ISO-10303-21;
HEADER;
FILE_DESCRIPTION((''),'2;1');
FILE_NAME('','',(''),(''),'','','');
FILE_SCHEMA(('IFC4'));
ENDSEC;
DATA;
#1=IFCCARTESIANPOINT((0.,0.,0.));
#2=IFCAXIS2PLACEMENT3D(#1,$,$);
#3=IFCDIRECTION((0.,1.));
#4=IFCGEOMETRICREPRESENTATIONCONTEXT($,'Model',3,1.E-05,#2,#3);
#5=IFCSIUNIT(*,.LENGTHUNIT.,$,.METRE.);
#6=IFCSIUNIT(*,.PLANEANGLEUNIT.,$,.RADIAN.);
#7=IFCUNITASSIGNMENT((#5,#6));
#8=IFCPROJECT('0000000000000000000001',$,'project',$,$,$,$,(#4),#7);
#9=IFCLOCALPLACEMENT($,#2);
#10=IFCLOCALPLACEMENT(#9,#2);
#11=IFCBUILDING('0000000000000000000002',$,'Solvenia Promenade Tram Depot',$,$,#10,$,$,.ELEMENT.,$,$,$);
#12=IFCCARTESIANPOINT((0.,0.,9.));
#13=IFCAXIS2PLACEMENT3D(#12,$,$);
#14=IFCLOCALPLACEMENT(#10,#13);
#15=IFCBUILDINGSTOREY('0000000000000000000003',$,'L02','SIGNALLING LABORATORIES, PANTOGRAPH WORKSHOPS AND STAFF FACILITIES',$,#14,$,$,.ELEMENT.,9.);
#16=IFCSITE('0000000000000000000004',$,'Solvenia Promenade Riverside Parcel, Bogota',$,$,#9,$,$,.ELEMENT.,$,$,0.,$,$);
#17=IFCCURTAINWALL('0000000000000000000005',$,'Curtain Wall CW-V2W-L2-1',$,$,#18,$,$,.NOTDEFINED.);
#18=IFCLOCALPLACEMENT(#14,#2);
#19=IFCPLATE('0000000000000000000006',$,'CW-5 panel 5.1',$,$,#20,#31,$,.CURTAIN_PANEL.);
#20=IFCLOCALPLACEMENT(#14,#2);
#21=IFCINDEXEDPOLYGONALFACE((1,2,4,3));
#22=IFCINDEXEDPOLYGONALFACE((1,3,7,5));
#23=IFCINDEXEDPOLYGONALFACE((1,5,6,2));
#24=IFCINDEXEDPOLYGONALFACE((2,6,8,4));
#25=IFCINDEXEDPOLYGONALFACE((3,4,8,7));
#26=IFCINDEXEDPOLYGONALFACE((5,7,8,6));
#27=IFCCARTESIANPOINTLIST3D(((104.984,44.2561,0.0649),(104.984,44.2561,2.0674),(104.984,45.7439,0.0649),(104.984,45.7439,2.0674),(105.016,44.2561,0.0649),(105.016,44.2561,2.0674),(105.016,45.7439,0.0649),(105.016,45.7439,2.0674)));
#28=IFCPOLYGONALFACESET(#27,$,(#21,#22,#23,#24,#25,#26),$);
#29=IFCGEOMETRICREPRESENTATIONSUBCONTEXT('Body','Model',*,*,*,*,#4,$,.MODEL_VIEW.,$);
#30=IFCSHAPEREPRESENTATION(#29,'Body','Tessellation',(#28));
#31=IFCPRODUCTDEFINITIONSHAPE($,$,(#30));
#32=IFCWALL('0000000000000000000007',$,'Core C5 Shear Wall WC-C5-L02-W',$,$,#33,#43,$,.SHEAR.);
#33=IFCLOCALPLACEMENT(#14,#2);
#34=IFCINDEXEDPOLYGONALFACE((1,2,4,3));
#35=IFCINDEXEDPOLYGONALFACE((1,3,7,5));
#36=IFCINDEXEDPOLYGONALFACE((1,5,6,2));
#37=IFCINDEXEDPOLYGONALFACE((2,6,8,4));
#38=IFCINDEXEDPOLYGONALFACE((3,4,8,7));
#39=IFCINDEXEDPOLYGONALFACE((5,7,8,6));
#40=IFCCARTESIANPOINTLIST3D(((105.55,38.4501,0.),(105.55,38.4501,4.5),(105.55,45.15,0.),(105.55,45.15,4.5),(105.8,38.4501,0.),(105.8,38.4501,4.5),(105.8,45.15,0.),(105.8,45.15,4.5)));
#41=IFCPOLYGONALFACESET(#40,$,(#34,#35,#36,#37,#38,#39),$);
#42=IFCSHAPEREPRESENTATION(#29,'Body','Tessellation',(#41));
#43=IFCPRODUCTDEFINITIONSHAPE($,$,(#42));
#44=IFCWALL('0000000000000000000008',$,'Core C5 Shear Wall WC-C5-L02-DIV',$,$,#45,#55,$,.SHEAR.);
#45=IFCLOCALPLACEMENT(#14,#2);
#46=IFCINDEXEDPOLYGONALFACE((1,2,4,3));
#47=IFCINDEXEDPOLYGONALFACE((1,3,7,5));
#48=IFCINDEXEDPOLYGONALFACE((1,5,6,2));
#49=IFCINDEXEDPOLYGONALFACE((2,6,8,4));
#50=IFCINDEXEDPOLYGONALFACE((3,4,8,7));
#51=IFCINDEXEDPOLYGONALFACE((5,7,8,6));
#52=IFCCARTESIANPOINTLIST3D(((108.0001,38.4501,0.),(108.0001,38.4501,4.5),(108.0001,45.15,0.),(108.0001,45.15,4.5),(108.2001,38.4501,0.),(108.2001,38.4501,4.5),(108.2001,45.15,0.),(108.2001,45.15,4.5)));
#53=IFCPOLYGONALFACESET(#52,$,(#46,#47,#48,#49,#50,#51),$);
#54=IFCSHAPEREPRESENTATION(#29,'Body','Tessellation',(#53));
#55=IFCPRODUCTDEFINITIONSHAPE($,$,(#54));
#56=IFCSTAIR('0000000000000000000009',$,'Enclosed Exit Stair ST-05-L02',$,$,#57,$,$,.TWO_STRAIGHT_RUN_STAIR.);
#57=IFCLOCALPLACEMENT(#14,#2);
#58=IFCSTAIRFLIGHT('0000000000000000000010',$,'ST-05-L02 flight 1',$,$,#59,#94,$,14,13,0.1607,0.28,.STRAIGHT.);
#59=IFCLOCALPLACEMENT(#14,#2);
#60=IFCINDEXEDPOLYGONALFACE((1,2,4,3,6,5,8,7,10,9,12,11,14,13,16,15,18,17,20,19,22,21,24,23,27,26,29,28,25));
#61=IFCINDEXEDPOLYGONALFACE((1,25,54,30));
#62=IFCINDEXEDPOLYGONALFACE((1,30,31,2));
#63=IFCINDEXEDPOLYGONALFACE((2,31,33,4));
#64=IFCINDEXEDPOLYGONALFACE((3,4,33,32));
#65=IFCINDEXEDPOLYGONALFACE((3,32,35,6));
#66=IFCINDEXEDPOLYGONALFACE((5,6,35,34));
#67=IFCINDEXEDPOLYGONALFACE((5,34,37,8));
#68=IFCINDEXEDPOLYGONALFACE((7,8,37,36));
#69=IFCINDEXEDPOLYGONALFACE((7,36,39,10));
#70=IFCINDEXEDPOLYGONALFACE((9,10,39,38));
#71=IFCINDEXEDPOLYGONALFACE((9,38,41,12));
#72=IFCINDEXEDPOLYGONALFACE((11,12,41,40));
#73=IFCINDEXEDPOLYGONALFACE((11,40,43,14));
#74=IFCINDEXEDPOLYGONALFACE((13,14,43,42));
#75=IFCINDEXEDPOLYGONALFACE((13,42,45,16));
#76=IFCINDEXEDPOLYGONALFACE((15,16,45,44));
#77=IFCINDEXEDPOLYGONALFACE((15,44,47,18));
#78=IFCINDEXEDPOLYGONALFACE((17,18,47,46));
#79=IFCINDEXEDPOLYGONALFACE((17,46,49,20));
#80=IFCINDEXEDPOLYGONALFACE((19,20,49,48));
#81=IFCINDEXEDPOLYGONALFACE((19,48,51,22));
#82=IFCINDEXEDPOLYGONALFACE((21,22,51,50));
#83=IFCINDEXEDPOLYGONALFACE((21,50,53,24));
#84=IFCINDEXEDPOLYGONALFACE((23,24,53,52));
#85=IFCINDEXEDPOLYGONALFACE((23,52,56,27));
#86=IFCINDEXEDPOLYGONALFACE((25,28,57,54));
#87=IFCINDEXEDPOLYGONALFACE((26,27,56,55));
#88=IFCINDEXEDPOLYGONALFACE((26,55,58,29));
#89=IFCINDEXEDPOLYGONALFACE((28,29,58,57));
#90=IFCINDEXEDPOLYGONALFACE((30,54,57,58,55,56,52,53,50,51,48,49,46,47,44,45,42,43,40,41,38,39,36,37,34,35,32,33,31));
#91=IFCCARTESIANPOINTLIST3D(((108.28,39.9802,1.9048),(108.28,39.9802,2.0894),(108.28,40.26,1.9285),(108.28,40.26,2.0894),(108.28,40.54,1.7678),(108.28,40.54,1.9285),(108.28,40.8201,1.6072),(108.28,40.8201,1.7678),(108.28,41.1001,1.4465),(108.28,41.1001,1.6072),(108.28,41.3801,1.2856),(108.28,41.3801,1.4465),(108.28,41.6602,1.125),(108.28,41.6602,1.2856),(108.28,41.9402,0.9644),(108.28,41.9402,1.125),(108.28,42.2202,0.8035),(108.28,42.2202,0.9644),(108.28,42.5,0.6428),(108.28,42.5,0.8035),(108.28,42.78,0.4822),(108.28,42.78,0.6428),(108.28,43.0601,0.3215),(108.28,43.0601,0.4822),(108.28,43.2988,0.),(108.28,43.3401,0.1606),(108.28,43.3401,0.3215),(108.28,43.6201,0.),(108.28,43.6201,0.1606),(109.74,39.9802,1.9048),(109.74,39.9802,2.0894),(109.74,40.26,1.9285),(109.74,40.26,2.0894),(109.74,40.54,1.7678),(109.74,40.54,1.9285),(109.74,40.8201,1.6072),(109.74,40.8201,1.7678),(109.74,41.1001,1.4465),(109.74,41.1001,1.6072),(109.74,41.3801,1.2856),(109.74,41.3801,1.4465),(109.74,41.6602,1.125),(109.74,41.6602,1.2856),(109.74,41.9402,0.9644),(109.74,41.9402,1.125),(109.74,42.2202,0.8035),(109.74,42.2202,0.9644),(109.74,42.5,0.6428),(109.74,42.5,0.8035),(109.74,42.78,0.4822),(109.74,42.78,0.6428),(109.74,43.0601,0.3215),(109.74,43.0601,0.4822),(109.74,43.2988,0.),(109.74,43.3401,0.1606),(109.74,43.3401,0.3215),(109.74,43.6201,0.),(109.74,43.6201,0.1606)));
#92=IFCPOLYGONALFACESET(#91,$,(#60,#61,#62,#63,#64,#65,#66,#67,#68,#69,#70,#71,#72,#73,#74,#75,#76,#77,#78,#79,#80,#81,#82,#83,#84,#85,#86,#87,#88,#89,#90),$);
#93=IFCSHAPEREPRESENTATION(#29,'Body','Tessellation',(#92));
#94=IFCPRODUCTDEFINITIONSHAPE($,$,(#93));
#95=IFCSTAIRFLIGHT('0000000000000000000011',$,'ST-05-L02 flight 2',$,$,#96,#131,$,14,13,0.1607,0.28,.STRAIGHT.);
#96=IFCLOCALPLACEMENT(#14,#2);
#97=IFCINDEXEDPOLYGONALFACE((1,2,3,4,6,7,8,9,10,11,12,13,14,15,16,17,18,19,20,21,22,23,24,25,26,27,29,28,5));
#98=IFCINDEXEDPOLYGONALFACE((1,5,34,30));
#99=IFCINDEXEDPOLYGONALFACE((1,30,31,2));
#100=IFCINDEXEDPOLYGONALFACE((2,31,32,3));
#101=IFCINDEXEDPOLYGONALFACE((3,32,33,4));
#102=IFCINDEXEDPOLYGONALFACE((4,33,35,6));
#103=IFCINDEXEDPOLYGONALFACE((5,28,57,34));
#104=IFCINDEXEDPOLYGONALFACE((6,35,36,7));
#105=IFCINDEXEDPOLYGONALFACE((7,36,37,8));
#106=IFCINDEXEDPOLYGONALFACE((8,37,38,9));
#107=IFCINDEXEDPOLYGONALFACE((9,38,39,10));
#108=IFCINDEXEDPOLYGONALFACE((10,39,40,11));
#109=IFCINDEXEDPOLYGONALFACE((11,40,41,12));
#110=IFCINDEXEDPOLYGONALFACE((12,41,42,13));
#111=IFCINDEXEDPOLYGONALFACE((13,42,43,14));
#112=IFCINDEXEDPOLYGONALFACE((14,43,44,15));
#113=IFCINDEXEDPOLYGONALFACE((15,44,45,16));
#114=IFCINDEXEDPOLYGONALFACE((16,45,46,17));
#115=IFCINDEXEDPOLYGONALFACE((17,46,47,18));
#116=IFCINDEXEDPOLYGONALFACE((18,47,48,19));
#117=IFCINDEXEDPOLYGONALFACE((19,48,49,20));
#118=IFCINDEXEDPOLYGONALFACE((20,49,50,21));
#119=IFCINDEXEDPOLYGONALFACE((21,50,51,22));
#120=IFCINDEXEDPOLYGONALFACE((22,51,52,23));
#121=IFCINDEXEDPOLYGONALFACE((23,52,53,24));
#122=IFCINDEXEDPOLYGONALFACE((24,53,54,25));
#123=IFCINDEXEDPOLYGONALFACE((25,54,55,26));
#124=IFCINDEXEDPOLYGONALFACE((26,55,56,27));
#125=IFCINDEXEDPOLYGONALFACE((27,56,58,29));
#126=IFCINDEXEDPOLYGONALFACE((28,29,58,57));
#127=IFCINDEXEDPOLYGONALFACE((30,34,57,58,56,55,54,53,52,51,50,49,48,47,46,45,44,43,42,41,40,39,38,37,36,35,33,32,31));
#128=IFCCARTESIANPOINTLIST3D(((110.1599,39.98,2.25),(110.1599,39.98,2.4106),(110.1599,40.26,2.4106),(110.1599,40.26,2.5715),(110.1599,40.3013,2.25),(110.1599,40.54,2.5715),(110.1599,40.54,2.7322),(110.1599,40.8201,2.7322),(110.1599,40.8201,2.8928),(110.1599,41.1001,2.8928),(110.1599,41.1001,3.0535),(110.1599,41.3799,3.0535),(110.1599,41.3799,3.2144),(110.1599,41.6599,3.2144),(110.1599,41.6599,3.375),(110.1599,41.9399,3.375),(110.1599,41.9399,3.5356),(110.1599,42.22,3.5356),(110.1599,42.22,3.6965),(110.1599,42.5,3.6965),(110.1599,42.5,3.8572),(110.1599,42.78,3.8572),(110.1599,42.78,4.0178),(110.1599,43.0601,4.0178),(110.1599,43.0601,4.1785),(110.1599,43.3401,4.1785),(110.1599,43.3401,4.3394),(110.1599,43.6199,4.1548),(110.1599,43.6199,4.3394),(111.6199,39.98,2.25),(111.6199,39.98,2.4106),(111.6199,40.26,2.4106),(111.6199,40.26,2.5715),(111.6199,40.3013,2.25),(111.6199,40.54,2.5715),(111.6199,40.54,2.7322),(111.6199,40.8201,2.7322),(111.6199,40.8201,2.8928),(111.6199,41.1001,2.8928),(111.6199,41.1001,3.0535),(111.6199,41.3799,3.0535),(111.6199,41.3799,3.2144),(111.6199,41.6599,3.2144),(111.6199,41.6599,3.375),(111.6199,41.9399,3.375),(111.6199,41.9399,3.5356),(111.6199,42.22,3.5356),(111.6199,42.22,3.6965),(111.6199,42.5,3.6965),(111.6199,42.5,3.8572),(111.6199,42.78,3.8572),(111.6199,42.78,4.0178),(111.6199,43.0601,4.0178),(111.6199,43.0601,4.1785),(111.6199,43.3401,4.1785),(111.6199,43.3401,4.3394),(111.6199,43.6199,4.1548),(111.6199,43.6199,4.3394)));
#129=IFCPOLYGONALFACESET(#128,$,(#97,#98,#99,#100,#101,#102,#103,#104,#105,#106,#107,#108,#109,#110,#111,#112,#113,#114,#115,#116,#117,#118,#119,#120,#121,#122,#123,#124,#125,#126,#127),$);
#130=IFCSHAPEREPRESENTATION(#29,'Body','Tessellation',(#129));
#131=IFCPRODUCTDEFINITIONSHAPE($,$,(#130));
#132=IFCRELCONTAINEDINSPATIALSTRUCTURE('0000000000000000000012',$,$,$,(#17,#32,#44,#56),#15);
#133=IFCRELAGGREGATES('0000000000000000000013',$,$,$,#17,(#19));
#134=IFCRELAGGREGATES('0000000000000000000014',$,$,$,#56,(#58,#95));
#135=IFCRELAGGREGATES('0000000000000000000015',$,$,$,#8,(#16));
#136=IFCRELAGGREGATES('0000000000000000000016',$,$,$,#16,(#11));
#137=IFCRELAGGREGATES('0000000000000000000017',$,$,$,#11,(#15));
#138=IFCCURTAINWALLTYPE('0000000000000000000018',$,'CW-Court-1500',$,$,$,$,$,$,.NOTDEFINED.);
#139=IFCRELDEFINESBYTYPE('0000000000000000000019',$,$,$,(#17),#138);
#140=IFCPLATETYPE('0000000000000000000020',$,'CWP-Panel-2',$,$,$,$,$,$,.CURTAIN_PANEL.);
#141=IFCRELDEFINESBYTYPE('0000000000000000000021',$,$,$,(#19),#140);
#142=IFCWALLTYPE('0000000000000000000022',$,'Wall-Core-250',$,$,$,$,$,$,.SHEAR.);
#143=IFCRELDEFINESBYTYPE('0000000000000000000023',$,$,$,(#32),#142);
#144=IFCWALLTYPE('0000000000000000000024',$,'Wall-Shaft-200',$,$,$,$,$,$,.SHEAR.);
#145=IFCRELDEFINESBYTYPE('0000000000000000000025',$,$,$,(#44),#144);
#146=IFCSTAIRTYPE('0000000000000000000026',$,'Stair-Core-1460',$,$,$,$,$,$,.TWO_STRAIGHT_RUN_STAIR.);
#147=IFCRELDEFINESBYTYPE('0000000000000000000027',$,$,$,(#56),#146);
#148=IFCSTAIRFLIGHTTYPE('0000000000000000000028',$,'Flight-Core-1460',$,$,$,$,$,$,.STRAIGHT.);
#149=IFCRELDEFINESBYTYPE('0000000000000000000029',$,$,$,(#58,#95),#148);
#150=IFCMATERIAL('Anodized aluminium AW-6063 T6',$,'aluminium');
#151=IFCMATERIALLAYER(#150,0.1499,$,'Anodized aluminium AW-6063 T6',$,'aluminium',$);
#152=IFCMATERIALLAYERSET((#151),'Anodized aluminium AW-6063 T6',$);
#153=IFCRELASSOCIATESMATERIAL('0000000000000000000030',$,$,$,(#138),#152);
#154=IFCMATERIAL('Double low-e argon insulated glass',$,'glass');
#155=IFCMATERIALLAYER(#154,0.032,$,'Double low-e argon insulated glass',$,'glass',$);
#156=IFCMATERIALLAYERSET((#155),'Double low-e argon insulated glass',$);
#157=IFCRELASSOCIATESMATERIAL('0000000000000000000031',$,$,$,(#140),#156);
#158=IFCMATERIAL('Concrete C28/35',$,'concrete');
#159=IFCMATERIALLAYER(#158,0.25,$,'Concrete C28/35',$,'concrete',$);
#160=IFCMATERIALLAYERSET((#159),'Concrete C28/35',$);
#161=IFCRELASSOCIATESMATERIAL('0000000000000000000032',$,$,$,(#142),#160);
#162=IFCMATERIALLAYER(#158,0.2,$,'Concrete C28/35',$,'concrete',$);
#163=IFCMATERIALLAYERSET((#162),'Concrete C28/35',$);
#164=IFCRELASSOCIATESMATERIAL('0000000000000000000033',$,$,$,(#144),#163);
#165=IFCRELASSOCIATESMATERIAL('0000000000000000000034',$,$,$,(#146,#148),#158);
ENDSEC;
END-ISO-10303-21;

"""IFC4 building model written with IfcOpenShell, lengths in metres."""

from ifc_helpers import new_model, si_unit, direction, frame, frame_2d, origin, origin_2d, place, context, subcontext, project, spatial, polyline, rectangle, outline, extrude, material, layer, layer_set, type_object, element, aggregate, save


model = new_model("IFC4")

# Units and contexts
model_context = context("Model", 3, precision=1e-05, world=origin(), true_north=direction((0.0, 1.0)))
body_context = subcontext(model_context, "Body", "Model", "MODEL_VIEW")
ifc_project = project(units=[si_unit("LENGTHUNIT", "METRE"), si_unit("PLANEANGLEUNIT", "RADIAN")], contexts=[model_context])

# Site, building, storey
site_placement = place(None, origin())
site = spatial("IfcSite", under=ifc_project, at=site_placement, Name="Solvenia Promenade Riverside Parcel, Bogota", CompositionType="ELEMENT", RefElevation=0.0)
building_placement = place(site_placement, origin())
building = spatial("IfcBuilding", under=site, at=building_placement, Name="Solvenia Promenade Tram Depot", CompositionType="ELEMENT")
storey_placement = place(building_placement, frame((0.0, 0.0, 9.0)))
storey = spatial("IfcBuildingStorey", under=building, at=storey_placement, Name="L02", Description="SIGNALLING LABORATORIES, PANTOGRAPH WORKSHOPS AND STAFF FACILITIES", CompositionType="ELEMENT", Elevation=9.0)

# Curtain wall, plate
ifc_material_1 = material(Name="Anodized aluminium AW-6063 T6", Category="aluminium")
ifc_layer_1 = layer(ifc_material_1, 0.1499, Name="Anodized aluminium AW-6063 T6", Category="aluminium")
ifc_layer_set_1 = layer_set([ifc_layer_1], Name="Anodized aluminium AW-6063 T6")
curtain_wall_type = type_object("IfcCurtainWallType", Name="CW-Court-1500", PredefinedType="NOTDEFINED", material=ifc_layer_set_1)
curtain_wall_placement = place(storey_placement, origin())
curtain_wall = element("IfcCurtainWall", 1, at=curtain_wall_placement, inside=storey, type_object=curtain_wall_type, Name="Curtain Wall CW-V2W-L2-1", PredefinedType="NOTDEFINED")
ifc_material_2 = material(Name="Double low-e argon insulated glass", Category="glass")
ifc_layer_2 = layer(ifc_material_2, 0.032, Name="Double low-e argon insulated glass", Category="glass")
ifc_layer_set_2 = layer_set([ifc_layer_2], Name="Double low-e argon insulated glass")
plate_type = type_object("IfcPlateType", Name="CWP-Panel-2", PredefinedType="CURTAIN_PANEL", material=ifc_layer_set_2)
plate_1_placement = place(storey_placement, frame((105.0, 45.0, 0.0649), z_axis=(0.0, 0.0, 1.0), x_axis=(0.0, 1.0, 0.0)))
plate_1 = element("IfcPlate", 2, at=plate_1_placement, type_object=plate_type, Name="CW-5 panel 5.1", PredefinedType="CURTAIN_PANEL", context=body_context, shape_type="SweptSolid", body=[
    extrude(rectangle(XDim=1.4878, YDim=0.032, at=origin_2d()), origin(), (0.0, 0.0, 1.0), 2.0024),
])
aggregate(curtain_wall, [plate_1])

# Walls
ifc_material_3 = material(Name="Concrete C28/35", Category="concrete")
ifc_layer_3 = layer(ifc_material_3, 0.25, Name="Concrete C28/35", Category="concrete")
ifc_layer_set_3 = layer_set([ifc_layer_3], Name="Concrete C28/35")
wall_type_1 = type_object("IfcWallType", Name="Wall-Core-250", PredefinedType="SHEAR", material=ifc_layer_set_3)
wall_1_placement = place(storey_placement, frame((105.675, 38.45, 0.0), z_axis=(0.0, 0.0, 1.0), x_axis=(0.0, 1.0, 0.0)))
element("IfcWall", 3, at=wall_1_placement, inside=storey, type_object=wall_type_1, Name="Core C5 Shear Wall WC-C5-L02-W", PredefinedType="SHEAR", context=body_context, shape_type="SweptSolid", body=[
    extrude(rectangle(XDim=6.7, YDim=0.25, at=frame_2d((3.3501, 0.0))), origin(), (0.0, 0.0, 1.0), 4.5),
])
ifc_layer_4 = layer(ifc_material_3, 0.2, Name="Concrete C28/35", Category="concrete")
ifc_layer_set_4 = layer_set([ifc_layer_4], Name="Concrete C28/35")
wall_type_2 = type_object("IfcWallType", Name="Wall-Shaft-200", PredefinedType="SHEAR", material=ifc_layer_set_4)
wall_2_placement = place(storey_placement, frame((108.1001, 38.45, 0.0), z_axis=(0.0, 0.0, 1.0), x_axis=(0.0, 1.0, 0.0)))
element("IfcWall", 4, at=wall_2_placement, inside=storey, type_object=wall_type_2, Name="Core C5 Shear Wall WC-C5-L02-DIV", PredefinedType="SHEAR", context=body_context, shape_type="SweptSolid", body=[
    extrude(rectangle(XDim=6.7, YDim=0.2, at=frame_2d((3.3501, 0.0))), origin(), (0.0, 0.0, 1.0), 4.5),
])

# Stair, stair flights
stair_type = type_object("IfcStairType", Name="Stair-Core-1460", PredefinedType="TWO_STRAIGHT_RUN_STAIR", material=ifc_material_3)
stair_placement = place(storey_placement, origin())
stair = element("IfcStair", 5, at=stair_placement, inside=storey, type_object=stair_type, Name="Enclosed Exit Stair ST-05-L02", PredefinedType="TWO_STRAIGHT_RUN_STAIR")
stair_flight_type = type_object("IfcStairFlightType", Name="Flight-Core-1460", PredefinedType="STRAIGHT", material=ifc_material_3)
stair_flight_1_placement = place(storey_placement, frame((109.01, 43.6201, 0.0), z_axis=(0.0, 0.0, 1.0), x_axis=(0.0, -1.0, 0.0)))
stair_flight_1 = element("IfcStairFlight", 6, at=stair_flight_1_placement, type_object=stair_flight_type, Name="ST-05-L02 flight 1", NumberOfRisers=14, NumberOfTreads=13, PredefinedType="STRAIGHT", RiserHeight=0.1607, TreadLength=0.28, context=body_context, shape_type="SweptSolid", body=[
    extrude(outline(polyline([(0.0, 0.0), (0.0, 0.1606), (0.28, 0.1606), (0.28, 0.3215), (0.5601, 0.3215), (0.5601, 0.4822), (0.8401, 0.4822), (0.8401, 0.6428), (1.1201, 0.6428), (1.1201, 0.8035), (1.3999, 0.8035), (1.3999, 0.9644), (1.6799, 0.9644), (1.6799, 1.125), (1.96, 1.125), (1.96, 1.2856), (2.24, 1.2856), (2.24, 1.4465), (2.52, 1.4465), (2.52, 1.6072), (2.8, 1.6072), (2.8, 1.7678), (3.0801, 1.7678), (3.0801, 1.9285), (3.3601, 1.9285), (3.3601, 2.0894), (3.6399, 2.0894), (3.6399, 2.25), (3.6399, 1.9048), (0.3213, 0.0), (0.0, 0.0)])), frame((0.0, 0.73, 0.0), z_axis=(0.0, -1.0, 0.0), x_axis=(1.0, 0.0, 0.0)), (0.0, 0.0, 1.0), 1.46),
])
stair_flight_2_placement = place(storey_placement, frame((110.8899, 39.98, 2.25), z_axis=(0.0, 0.0, 1.0), x_axis=(0.0, 1.0, 0.0)))
stair_flight_2 = element("IfcStairFlight", 7, at=stair_flight_2_placement, type_object=stair_flight_type, Name="ST-05-L02 flight 2", NumberOfRisers=14, NumberOfTreads=13, PredefinedType="STRAIGHT", RiserHeight=0.1607, TreadLength=0.28, context=body_context, shape_type="SweptSolid", body=[
    extrude(outline(polyline([(0.0, 0.0), (0.0, 0.1606), (0.28, 0.1606), (0.28, 0.3215), (0.5601, 0.3215), (0.5601, 0.4822), (0.8401, 0.4822), (0.8401, 0.6428), (1.1201, 0.6428), (1.1201, 0.8035), (1.3999, 0.8035), (1.3999, 0.9644), (1.6799, 0.9644), (1.6799, 1.125), (1.96, 1.125), (1.96, 1.2856), (2.24, 1.2856), (2.24, 1.4465), (2.52, 1.4465), (2.52, 1.6072), (2.8, 1.6072), (2.8, 1.7678), (3.0801, 1.7678), (3.0801, 1.9285), (3.3601, 1.9285), (3.3601, 2.0894), (3.6399, 2.0894), (3.6399, 2.25), (3.6399, 1.9048), (0.3213, 0.0), (0.0, 0.0)])), frame((0.0, 0.73, 0.0), z_axis=(0.0, -1.0, 0.0), x_axis=(1.0, 0.0, 0.0)), (0.0, 0.0, 1.0), 1.46),
])
aggregate(stair, [stair_flight_1, stair_flight_2])

save(model, "model.ifc")
